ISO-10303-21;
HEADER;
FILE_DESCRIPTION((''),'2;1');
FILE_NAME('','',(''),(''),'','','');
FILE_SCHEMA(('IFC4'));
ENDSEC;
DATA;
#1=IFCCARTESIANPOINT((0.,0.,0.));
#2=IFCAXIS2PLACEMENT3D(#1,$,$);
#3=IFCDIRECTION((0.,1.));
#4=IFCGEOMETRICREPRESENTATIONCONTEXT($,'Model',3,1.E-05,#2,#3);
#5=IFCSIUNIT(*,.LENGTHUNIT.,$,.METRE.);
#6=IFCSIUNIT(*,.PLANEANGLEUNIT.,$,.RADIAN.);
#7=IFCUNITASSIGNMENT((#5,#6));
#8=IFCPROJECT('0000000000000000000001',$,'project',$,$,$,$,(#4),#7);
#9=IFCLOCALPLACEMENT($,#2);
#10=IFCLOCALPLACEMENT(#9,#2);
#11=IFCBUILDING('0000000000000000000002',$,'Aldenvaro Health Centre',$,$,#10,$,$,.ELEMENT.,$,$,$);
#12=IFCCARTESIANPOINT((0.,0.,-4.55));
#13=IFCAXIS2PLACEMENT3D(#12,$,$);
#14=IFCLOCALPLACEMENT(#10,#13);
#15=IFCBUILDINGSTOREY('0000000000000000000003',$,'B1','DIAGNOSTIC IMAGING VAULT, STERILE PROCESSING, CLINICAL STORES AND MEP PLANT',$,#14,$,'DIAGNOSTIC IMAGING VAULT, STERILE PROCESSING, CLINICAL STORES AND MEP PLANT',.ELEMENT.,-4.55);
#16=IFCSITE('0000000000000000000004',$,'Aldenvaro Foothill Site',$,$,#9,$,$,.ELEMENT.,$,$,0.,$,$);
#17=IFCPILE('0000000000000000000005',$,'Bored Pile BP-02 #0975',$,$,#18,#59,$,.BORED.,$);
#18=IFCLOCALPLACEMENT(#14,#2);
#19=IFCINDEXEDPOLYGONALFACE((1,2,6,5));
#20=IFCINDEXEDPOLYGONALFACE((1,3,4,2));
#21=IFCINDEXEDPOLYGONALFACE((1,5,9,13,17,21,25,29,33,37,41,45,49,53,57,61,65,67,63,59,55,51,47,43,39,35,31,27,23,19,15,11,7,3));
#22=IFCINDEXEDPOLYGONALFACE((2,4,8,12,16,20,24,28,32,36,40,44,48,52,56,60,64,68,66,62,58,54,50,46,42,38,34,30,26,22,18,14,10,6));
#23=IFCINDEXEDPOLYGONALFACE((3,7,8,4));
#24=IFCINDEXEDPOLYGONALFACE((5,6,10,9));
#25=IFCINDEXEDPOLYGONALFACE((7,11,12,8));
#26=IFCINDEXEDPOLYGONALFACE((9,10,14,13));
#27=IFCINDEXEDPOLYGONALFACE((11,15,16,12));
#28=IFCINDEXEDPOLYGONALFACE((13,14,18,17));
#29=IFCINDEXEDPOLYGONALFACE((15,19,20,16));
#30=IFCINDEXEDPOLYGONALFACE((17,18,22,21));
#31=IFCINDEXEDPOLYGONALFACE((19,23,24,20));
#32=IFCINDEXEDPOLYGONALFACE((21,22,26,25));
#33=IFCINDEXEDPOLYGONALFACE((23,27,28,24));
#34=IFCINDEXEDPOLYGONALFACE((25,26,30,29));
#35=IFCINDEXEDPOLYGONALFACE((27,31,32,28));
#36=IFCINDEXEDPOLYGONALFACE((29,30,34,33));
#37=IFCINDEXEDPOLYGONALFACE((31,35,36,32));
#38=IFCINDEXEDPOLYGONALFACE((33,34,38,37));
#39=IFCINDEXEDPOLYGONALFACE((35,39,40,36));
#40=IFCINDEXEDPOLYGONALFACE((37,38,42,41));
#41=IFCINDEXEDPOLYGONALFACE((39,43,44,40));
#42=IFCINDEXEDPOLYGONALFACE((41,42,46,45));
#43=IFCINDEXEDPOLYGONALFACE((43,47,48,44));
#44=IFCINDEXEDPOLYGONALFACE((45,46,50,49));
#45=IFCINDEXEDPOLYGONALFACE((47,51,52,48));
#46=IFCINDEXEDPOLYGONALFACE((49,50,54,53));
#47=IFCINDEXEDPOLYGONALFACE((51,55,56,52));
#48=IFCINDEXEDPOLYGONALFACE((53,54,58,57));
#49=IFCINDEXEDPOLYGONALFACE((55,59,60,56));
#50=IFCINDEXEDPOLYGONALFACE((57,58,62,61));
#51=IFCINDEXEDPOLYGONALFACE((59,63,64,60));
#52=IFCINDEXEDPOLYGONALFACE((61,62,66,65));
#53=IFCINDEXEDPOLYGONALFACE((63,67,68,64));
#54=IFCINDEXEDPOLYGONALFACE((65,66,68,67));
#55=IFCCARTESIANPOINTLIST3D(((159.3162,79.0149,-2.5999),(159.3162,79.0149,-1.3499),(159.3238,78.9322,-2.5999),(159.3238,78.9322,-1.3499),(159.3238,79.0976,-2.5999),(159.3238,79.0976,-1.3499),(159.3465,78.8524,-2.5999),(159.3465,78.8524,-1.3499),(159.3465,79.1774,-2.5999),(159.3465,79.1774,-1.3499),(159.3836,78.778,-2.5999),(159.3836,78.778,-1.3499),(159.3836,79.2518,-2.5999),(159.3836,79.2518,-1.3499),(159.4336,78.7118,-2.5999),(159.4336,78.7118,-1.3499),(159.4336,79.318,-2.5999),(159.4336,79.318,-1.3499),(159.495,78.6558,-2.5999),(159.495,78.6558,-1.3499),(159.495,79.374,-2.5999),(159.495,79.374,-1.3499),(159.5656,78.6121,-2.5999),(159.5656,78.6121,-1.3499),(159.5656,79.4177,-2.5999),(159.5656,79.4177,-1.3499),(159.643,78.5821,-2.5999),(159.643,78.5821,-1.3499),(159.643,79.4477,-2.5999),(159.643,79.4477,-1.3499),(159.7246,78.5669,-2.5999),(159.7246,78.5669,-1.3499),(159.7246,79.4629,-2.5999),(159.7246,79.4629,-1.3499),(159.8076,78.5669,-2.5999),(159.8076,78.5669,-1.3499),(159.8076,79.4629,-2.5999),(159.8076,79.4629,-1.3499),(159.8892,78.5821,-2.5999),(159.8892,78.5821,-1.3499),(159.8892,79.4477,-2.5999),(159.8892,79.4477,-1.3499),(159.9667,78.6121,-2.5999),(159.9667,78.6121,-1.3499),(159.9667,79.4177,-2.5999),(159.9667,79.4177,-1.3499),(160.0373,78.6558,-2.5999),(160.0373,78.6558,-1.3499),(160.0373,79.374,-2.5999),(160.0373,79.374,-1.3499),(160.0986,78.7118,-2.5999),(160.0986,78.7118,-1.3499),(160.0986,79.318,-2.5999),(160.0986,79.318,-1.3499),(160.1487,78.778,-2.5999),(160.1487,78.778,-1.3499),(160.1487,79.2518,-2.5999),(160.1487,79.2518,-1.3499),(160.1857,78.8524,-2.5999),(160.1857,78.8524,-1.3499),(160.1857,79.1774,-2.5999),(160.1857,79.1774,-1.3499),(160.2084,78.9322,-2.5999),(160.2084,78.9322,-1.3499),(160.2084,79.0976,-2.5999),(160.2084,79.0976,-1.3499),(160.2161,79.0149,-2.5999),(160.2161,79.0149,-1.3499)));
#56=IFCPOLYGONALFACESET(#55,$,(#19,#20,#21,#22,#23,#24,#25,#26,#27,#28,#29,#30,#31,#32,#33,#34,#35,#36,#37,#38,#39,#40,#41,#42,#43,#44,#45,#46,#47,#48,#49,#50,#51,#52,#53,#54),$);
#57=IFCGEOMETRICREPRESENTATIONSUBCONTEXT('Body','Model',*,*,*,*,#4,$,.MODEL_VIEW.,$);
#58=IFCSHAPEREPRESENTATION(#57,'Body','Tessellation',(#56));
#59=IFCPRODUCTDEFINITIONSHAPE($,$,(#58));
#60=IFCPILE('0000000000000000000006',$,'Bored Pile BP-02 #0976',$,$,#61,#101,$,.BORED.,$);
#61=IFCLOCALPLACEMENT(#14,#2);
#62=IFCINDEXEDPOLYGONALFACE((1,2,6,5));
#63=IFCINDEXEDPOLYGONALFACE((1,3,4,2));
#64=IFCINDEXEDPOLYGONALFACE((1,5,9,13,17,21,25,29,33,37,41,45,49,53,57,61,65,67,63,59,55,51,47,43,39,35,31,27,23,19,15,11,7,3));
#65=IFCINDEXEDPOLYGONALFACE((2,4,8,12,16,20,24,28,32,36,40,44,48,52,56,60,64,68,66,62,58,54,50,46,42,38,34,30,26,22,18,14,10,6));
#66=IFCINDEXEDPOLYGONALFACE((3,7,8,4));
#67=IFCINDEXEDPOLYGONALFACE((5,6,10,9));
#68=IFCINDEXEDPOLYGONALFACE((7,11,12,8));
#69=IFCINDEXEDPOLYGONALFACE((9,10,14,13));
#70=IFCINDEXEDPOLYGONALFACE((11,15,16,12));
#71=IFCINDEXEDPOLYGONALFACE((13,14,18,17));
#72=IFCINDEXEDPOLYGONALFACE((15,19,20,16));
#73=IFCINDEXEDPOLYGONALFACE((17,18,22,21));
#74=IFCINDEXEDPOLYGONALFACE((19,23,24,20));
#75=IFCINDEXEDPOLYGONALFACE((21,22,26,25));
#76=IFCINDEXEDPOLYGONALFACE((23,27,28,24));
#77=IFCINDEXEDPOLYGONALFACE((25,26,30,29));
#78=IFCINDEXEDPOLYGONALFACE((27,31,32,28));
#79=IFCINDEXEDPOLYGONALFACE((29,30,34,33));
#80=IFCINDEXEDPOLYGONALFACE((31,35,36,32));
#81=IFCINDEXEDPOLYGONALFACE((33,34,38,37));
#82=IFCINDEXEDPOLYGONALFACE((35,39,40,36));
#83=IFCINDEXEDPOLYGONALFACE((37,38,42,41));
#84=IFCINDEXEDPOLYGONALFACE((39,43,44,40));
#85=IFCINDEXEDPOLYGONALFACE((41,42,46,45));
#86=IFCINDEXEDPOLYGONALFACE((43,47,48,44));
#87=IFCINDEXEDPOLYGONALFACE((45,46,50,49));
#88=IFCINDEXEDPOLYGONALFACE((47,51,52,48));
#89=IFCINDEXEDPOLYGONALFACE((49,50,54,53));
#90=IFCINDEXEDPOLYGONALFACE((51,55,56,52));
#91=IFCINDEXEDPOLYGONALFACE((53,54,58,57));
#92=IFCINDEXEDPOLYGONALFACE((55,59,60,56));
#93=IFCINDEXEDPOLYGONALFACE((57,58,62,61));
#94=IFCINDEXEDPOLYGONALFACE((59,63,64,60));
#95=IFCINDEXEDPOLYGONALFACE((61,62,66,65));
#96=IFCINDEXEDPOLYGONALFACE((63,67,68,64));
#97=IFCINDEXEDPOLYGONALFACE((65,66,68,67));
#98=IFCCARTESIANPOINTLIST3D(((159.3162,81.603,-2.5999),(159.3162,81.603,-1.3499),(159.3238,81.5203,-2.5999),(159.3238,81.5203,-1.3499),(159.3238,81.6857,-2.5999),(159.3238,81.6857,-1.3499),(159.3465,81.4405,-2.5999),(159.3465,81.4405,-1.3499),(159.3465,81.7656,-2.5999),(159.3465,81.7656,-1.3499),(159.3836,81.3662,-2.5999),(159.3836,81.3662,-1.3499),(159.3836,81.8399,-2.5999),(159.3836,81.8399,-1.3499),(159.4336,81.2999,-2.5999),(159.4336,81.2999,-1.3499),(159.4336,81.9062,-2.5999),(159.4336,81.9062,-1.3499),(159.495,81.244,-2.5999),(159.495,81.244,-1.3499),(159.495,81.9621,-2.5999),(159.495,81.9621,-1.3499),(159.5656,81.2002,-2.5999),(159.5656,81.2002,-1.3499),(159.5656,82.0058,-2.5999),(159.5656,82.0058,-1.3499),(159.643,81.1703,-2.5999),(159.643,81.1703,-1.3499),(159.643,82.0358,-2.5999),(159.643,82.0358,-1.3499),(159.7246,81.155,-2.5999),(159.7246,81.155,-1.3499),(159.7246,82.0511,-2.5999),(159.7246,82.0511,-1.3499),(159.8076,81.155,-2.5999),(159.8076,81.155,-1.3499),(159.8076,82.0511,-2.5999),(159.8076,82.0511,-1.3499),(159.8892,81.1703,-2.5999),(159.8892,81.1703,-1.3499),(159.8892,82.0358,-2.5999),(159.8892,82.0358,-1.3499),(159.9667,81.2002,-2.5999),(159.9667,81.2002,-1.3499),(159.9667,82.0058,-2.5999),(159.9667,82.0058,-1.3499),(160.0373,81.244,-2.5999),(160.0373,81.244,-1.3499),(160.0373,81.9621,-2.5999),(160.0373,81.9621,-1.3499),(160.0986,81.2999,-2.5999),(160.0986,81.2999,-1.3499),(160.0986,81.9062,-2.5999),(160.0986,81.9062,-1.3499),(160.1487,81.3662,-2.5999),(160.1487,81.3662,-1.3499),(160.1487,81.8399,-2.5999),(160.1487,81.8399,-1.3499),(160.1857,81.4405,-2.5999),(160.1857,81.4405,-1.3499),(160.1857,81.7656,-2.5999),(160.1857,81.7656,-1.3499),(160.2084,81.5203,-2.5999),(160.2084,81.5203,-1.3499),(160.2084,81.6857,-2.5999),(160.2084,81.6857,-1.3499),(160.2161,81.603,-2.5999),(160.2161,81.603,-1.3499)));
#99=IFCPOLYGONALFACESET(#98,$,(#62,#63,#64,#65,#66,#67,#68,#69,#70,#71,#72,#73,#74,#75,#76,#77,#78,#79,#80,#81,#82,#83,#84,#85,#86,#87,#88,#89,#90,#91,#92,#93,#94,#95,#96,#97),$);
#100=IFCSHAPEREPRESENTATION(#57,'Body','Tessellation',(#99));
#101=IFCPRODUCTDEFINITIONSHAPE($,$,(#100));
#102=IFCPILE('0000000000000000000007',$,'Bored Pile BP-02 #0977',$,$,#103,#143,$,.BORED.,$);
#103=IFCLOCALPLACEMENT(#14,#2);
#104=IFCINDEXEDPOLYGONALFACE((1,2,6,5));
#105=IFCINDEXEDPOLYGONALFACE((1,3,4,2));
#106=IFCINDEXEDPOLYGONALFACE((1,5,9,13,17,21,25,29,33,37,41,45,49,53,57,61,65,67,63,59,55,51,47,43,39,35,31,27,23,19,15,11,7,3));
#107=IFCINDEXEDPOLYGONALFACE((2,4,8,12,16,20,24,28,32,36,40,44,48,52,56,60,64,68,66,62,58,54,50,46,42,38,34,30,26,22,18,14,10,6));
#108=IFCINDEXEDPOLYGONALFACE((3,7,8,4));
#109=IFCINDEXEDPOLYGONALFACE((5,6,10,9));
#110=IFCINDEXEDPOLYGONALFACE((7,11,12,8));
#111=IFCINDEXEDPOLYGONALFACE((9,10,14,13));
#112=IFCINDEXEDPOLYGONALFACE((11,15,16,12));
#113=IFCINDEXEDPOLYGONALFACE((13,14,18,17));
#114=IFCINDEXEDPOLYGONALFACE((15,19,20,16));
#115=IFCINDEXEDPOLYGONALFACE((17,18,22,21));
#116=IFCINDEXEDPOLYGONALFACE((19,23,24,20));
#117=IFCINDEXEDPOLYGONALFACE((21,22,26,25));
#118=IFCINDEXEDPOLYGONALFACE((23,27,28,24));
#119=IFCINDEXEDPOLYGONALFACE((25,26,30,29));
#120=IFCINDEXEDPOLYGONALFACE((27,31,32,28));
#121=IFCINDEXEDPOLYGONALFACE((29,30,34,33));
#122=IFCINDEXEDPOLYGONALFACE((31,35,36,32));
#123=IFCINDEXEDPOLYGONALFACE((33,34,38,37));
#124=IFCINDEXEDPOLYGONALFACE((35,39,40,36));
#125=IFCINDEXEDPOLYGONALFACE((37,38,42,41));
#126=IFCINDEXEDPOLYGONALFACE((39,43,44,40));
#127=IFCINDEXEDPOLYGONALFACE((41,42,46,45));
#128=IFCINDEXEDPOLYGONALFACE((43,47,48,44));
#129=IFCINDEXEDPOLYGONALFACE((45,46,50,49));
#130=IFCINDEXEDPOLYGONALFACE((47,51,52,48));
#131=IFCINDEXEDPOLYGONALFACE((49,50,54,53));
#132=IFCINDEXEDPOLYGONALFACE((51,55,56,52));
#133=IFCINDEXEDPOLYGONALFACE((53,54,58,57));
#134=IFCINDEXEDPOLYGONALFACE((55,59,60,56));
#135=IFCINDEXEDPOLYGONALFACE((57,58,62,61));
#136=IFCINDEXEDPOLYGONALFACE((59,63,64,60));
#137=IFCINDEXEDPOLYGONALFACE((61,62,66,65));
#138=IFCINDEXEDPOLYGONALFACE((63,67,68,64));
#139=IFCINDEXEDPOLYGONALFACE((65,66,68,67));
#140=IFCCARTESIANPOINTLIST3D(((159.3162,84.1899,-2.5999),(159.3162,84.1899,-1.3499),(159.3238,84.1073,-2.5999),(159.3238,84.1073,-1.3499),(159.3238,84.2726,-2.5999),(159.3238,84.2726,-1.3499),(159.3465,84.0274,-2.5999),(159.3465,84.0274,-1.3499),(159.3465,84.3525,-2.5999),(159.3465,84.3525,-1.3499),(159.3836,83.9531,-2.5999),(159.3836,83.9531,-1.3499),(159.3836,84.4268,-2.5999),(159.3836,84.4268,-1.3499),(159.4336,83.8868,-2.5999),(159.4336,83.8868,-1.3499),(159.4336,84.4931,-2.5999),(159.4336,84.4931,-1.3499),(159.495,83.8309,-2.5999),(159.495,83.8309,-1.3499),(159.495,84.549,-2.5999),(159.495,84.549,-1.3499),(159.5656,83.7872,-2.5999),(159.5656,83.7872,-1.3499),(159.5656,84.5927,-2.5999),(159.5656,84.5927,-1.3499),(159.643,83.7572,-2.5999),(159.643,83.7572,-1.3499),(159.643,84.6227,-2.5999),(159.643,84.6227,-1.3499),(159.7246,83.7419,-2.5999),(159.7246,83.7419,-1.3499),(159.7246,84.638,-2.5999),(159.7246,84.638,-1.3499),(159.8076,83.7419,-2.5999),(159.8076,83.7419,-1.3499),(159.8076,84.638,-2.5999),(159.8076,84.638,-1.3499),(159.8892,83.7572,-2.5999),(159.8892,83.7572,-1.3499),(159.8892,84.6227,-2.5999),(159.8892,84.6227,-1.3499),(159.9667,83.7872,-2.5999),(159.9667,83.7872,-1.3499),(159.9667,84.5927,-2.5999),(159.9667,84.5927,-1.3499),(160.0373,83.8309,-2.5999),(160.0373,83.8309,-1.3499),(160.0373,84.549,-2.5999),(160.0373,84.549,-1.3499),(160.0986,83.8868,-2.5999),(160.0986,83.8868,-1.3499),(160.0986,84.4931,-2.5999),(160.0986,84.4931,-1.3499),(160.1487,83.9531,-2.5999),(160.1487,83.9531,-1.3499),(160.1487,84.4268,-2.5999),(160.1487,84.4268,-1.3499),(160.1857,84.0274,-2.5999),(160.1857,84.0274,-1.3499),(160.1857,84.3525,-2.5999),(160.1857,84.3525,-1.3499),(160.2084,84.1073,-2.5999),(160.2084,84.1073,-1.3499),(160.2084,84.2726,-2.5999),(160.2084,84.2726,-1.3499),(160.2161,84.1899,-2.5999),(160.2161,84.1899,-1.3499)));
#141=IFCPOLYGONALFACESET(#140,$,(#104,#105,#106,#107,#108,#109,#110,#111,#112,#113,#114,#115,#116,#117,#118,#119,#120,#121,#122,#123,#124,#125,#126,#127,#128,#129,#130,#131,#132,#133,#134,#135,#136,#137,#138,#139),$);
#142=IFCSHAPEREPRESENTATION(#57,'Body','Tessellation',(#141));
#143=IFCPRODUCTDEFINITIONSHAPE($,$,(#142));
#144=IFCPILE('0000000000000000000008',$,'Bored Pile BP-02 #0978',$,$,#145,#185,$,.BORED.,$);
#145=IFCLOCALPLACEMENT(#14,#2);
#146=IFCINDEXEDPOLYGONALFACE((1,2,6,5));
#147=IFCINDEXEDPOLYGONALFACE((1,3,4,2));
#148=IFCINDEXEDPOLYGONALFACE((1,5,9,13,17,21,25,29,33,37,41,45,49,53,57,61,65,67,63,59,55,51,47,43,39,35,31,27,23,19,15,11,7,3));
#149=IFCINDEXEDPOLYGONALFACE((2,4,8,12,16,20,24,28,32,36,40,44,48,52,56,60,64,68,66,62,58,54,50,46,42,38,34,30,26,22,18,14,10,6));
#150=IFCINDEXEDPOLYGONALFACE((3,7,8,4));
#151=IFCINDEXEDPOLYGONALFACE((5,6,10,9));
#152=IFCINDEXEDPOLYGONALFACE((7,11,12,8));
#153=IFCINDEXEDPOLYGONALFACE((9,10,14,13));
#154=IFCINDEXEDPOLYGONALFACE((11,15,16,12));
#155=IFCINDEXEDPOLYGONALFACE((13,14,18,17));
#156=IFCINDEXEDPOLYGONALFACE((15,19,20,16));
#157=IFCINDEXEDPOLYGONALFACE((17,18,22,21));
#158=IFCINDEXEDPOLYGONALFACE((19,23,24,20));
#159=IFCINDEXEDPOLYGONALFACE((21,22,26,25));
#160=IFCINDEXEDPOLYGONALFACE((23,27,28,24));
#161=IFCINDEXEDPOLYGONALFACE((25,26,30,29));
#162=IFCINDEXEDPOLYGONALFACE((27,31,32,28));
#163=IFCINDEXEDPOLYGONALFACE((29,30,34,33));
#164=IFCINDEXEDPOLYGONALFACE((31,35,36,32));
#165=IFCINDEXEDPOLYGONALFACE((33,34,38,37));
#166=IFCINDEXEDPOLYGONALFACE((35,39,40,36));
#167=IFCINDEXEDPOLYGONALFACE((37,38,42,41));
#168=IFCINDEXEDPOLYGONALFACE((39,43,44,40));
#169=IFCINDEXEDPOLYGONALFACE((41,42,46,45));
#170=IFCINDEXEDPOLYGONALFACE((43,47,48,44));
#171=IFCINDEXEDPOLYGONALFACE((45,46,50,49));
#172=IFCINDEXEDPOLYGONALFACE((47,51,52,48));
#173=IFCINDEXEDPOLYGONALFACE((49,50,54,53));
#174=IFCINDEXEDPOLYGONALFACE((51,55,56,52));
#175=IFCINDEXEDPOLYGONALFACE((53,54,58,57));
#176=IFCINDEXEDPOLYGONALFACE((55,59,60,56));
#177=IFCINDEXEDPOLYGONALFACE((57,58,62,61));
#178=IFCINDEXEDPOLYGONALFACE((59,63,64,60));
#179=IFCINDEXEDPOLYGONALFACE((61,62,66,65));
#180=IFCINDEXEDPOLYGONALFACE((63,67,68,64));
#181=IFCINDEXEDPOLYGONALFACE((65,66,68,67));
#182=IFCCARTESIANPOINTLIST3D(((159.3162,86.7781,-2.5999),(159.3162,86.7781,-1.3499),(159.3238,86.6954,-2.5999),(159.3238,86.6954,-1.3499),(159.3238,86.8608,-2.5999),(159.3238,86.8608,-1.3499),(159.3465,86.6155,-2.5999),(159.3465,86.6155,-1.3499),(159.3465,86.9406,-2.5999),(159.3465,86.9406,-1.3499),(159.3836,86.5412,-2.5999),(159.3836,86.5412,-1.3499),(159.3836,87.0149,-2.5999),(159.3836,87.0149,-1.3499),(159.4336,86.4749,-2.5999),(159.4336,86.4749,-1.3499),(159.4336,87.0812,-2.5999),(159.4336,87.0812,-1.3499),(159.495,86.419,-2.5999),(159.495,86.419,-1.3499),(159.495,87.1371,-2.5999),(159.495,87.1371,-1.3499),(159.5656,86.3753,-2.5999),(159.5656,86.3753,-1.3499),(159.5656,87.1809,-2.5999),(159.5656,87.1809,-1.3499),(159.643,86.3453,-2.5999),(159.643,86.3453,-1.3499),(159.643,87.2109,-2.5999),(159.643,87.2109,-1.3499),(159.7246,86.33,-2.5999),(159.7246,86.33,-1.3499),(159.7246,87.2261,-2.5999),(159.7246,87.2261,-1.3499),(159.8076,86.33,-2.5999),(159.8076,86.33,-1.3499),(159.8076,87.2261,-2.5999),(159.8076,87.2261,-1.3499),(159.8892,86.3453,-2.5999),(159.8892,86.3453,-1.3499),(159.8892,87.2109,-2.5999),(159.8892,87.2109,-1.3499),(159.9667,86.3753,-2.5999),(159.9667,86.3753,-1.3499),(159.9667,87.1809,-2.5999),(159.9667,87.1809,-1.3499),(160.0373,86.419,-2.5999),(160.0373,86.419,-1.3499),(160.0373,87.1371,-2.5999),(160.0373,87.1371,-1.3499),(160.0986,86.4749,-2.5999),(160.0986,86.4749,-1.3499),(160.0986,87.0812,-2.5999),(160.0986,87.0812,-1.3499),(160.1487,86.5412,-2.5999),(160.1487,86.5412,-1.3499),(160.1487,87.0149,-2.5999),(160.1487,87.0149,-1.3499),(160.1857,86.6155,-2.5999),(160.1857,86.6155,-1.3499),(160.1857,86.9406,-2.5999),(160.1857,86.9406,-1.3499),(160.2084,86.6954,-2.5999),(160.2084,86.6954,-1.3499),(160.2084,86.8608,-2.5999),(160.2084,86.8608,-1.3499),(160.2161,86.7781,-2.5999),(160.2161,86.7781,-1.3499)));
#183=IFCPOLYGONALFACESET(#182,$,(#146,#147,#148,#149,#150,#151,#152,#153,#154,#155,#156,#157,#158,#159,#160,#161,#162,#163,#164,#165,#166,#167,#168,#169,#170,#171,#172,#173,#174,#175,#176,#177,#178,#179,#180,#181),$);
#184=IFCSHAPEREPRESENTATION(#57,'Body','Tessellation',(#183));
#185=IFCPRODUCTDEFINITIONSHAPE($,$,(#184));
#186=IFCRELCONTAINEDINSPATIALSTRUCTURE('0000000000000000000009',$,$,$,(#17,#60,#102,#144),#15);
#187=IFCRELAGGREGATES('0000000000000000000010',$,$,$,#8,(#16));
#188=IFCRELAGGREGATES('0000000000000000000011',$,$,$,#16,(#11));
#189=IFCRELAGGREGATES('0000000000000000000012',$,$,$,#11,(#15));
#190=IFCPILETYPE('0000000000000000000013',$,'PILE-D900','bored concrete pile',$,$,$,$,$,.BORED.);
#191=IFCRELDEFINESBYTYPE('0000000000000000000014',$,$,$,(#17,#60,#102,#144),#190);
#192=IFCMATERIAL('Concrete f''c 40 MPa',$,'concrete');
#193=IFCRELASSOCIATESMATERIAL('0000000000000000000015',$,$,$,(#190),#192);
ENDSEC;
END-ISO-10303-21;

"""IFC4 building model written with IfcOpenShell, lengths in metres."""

from ifc_helpers import new_model, si_unit, direction, frame, origin, origin_2d, place, context, subcontext, project, spatial, circle, extrude, material, material_profile, profile_set, type_object, element, save


model = new_model("IFC4")

# Units and contexts
model_context = context("Model", 3, precision=1e-05, world=origin(), true_north=direction((0.0, 1.0)))
body_context = subcontext(model_context, "Body", "Model", "MODEL_VIEW")
ifc_project = project(units=[si_unit("LENGTHUNIT", "METRE"), si_unit("PLANEANGLEUNIT", "RADIAN")], contexts=[model_context])

# Site, building, storey
site_placement = place(None, origin())
site = spatial("IfcSite", under=ifc_project, at=site_placement, Name="Aldenvaro Foothill Site", CompositionType="ELEMENT", RefElevation=0.0)
building_placement = place(site_placement, origin())
building = spatial("IfcBuilding", under=site, at=building_placement, Name="Aldenvaro Health Centre", CompositionType="ELEMENT")
storey_placement = place(building_placement, frame((0.0, 0.0, -4.55)))
storey = spatial("IfcBuildingStorey", under=building, at=storey_placement, Name="B1", Description="DIAGNOSTIC IMAGING VAULT, STERILE PROCESSING, CLINICAL STORES AND MEP PLANT", LongName="DIAGNOSTIC IMAGING VAULT, STERILE PROCESSING, CLINICAL STORES AND MEP PLANT", CompositionType="ELEMENT", Elevation=-4.55)

# Piles
ifc_material_1 = material(Name="Concrete f'c 40 MPa", Category="concrete")
ifc_material_profile_1 = material_profile(ifc_material_1, circle(Radius=0.45, at=origin_2d()), Name="PILE D900", Category="concrete")
ifc_profile_set_1 = profile_set([ifc_material_profile_1], Name="Concrete f'c 40 MPa")
pile_type = type_object("IfcPileType", Name="PILE-D900", Description="bored concrete pile", PredefinedType="BORED", material=ifc_profile_set_1)
for number, where, z_axis, x_axis, name in (
    (1, (159.7661, 79.0149, -1.3499), (0.0, 0.0, -1.0), (1.0, 0.0, 0.0), "Bored Pile BP-02 #0975"),
    (2, (159.7661, 81.603, -1.3499), (0.0, 0.0, -1.0), (1.0, 0.0, 0.0), "Bored Pile BP-02 #0976"),
    (3, (159.7661, 84.1899, -1.3499), (0.0, 0.0, -1.0), (1.0, 0.0, 0.0), "Bored Pile BP-02 #0977"),
    (4, (159.7661, 86.7781, -1.3499), (0.0, 0.0, -1.0), (1.0, 0.0, 0.0), "Bored Pile BP-02 #0978"),
):
    element("IfcPile", number, at=place(storey_placement, frame(where, z_axis=z_axis, x_axis=x_axis)), inside=storey, type_object=pile_type, Name=name, PredefinedType="BORED", context=body_context, shape_type="SweptSolid", body=[
        extrude(circle(Radius=0.45, at=origin_2d()), origin(), (0.0, 0.0, 1.0), 1.25),
    ])

save(model, "model.ifc")
